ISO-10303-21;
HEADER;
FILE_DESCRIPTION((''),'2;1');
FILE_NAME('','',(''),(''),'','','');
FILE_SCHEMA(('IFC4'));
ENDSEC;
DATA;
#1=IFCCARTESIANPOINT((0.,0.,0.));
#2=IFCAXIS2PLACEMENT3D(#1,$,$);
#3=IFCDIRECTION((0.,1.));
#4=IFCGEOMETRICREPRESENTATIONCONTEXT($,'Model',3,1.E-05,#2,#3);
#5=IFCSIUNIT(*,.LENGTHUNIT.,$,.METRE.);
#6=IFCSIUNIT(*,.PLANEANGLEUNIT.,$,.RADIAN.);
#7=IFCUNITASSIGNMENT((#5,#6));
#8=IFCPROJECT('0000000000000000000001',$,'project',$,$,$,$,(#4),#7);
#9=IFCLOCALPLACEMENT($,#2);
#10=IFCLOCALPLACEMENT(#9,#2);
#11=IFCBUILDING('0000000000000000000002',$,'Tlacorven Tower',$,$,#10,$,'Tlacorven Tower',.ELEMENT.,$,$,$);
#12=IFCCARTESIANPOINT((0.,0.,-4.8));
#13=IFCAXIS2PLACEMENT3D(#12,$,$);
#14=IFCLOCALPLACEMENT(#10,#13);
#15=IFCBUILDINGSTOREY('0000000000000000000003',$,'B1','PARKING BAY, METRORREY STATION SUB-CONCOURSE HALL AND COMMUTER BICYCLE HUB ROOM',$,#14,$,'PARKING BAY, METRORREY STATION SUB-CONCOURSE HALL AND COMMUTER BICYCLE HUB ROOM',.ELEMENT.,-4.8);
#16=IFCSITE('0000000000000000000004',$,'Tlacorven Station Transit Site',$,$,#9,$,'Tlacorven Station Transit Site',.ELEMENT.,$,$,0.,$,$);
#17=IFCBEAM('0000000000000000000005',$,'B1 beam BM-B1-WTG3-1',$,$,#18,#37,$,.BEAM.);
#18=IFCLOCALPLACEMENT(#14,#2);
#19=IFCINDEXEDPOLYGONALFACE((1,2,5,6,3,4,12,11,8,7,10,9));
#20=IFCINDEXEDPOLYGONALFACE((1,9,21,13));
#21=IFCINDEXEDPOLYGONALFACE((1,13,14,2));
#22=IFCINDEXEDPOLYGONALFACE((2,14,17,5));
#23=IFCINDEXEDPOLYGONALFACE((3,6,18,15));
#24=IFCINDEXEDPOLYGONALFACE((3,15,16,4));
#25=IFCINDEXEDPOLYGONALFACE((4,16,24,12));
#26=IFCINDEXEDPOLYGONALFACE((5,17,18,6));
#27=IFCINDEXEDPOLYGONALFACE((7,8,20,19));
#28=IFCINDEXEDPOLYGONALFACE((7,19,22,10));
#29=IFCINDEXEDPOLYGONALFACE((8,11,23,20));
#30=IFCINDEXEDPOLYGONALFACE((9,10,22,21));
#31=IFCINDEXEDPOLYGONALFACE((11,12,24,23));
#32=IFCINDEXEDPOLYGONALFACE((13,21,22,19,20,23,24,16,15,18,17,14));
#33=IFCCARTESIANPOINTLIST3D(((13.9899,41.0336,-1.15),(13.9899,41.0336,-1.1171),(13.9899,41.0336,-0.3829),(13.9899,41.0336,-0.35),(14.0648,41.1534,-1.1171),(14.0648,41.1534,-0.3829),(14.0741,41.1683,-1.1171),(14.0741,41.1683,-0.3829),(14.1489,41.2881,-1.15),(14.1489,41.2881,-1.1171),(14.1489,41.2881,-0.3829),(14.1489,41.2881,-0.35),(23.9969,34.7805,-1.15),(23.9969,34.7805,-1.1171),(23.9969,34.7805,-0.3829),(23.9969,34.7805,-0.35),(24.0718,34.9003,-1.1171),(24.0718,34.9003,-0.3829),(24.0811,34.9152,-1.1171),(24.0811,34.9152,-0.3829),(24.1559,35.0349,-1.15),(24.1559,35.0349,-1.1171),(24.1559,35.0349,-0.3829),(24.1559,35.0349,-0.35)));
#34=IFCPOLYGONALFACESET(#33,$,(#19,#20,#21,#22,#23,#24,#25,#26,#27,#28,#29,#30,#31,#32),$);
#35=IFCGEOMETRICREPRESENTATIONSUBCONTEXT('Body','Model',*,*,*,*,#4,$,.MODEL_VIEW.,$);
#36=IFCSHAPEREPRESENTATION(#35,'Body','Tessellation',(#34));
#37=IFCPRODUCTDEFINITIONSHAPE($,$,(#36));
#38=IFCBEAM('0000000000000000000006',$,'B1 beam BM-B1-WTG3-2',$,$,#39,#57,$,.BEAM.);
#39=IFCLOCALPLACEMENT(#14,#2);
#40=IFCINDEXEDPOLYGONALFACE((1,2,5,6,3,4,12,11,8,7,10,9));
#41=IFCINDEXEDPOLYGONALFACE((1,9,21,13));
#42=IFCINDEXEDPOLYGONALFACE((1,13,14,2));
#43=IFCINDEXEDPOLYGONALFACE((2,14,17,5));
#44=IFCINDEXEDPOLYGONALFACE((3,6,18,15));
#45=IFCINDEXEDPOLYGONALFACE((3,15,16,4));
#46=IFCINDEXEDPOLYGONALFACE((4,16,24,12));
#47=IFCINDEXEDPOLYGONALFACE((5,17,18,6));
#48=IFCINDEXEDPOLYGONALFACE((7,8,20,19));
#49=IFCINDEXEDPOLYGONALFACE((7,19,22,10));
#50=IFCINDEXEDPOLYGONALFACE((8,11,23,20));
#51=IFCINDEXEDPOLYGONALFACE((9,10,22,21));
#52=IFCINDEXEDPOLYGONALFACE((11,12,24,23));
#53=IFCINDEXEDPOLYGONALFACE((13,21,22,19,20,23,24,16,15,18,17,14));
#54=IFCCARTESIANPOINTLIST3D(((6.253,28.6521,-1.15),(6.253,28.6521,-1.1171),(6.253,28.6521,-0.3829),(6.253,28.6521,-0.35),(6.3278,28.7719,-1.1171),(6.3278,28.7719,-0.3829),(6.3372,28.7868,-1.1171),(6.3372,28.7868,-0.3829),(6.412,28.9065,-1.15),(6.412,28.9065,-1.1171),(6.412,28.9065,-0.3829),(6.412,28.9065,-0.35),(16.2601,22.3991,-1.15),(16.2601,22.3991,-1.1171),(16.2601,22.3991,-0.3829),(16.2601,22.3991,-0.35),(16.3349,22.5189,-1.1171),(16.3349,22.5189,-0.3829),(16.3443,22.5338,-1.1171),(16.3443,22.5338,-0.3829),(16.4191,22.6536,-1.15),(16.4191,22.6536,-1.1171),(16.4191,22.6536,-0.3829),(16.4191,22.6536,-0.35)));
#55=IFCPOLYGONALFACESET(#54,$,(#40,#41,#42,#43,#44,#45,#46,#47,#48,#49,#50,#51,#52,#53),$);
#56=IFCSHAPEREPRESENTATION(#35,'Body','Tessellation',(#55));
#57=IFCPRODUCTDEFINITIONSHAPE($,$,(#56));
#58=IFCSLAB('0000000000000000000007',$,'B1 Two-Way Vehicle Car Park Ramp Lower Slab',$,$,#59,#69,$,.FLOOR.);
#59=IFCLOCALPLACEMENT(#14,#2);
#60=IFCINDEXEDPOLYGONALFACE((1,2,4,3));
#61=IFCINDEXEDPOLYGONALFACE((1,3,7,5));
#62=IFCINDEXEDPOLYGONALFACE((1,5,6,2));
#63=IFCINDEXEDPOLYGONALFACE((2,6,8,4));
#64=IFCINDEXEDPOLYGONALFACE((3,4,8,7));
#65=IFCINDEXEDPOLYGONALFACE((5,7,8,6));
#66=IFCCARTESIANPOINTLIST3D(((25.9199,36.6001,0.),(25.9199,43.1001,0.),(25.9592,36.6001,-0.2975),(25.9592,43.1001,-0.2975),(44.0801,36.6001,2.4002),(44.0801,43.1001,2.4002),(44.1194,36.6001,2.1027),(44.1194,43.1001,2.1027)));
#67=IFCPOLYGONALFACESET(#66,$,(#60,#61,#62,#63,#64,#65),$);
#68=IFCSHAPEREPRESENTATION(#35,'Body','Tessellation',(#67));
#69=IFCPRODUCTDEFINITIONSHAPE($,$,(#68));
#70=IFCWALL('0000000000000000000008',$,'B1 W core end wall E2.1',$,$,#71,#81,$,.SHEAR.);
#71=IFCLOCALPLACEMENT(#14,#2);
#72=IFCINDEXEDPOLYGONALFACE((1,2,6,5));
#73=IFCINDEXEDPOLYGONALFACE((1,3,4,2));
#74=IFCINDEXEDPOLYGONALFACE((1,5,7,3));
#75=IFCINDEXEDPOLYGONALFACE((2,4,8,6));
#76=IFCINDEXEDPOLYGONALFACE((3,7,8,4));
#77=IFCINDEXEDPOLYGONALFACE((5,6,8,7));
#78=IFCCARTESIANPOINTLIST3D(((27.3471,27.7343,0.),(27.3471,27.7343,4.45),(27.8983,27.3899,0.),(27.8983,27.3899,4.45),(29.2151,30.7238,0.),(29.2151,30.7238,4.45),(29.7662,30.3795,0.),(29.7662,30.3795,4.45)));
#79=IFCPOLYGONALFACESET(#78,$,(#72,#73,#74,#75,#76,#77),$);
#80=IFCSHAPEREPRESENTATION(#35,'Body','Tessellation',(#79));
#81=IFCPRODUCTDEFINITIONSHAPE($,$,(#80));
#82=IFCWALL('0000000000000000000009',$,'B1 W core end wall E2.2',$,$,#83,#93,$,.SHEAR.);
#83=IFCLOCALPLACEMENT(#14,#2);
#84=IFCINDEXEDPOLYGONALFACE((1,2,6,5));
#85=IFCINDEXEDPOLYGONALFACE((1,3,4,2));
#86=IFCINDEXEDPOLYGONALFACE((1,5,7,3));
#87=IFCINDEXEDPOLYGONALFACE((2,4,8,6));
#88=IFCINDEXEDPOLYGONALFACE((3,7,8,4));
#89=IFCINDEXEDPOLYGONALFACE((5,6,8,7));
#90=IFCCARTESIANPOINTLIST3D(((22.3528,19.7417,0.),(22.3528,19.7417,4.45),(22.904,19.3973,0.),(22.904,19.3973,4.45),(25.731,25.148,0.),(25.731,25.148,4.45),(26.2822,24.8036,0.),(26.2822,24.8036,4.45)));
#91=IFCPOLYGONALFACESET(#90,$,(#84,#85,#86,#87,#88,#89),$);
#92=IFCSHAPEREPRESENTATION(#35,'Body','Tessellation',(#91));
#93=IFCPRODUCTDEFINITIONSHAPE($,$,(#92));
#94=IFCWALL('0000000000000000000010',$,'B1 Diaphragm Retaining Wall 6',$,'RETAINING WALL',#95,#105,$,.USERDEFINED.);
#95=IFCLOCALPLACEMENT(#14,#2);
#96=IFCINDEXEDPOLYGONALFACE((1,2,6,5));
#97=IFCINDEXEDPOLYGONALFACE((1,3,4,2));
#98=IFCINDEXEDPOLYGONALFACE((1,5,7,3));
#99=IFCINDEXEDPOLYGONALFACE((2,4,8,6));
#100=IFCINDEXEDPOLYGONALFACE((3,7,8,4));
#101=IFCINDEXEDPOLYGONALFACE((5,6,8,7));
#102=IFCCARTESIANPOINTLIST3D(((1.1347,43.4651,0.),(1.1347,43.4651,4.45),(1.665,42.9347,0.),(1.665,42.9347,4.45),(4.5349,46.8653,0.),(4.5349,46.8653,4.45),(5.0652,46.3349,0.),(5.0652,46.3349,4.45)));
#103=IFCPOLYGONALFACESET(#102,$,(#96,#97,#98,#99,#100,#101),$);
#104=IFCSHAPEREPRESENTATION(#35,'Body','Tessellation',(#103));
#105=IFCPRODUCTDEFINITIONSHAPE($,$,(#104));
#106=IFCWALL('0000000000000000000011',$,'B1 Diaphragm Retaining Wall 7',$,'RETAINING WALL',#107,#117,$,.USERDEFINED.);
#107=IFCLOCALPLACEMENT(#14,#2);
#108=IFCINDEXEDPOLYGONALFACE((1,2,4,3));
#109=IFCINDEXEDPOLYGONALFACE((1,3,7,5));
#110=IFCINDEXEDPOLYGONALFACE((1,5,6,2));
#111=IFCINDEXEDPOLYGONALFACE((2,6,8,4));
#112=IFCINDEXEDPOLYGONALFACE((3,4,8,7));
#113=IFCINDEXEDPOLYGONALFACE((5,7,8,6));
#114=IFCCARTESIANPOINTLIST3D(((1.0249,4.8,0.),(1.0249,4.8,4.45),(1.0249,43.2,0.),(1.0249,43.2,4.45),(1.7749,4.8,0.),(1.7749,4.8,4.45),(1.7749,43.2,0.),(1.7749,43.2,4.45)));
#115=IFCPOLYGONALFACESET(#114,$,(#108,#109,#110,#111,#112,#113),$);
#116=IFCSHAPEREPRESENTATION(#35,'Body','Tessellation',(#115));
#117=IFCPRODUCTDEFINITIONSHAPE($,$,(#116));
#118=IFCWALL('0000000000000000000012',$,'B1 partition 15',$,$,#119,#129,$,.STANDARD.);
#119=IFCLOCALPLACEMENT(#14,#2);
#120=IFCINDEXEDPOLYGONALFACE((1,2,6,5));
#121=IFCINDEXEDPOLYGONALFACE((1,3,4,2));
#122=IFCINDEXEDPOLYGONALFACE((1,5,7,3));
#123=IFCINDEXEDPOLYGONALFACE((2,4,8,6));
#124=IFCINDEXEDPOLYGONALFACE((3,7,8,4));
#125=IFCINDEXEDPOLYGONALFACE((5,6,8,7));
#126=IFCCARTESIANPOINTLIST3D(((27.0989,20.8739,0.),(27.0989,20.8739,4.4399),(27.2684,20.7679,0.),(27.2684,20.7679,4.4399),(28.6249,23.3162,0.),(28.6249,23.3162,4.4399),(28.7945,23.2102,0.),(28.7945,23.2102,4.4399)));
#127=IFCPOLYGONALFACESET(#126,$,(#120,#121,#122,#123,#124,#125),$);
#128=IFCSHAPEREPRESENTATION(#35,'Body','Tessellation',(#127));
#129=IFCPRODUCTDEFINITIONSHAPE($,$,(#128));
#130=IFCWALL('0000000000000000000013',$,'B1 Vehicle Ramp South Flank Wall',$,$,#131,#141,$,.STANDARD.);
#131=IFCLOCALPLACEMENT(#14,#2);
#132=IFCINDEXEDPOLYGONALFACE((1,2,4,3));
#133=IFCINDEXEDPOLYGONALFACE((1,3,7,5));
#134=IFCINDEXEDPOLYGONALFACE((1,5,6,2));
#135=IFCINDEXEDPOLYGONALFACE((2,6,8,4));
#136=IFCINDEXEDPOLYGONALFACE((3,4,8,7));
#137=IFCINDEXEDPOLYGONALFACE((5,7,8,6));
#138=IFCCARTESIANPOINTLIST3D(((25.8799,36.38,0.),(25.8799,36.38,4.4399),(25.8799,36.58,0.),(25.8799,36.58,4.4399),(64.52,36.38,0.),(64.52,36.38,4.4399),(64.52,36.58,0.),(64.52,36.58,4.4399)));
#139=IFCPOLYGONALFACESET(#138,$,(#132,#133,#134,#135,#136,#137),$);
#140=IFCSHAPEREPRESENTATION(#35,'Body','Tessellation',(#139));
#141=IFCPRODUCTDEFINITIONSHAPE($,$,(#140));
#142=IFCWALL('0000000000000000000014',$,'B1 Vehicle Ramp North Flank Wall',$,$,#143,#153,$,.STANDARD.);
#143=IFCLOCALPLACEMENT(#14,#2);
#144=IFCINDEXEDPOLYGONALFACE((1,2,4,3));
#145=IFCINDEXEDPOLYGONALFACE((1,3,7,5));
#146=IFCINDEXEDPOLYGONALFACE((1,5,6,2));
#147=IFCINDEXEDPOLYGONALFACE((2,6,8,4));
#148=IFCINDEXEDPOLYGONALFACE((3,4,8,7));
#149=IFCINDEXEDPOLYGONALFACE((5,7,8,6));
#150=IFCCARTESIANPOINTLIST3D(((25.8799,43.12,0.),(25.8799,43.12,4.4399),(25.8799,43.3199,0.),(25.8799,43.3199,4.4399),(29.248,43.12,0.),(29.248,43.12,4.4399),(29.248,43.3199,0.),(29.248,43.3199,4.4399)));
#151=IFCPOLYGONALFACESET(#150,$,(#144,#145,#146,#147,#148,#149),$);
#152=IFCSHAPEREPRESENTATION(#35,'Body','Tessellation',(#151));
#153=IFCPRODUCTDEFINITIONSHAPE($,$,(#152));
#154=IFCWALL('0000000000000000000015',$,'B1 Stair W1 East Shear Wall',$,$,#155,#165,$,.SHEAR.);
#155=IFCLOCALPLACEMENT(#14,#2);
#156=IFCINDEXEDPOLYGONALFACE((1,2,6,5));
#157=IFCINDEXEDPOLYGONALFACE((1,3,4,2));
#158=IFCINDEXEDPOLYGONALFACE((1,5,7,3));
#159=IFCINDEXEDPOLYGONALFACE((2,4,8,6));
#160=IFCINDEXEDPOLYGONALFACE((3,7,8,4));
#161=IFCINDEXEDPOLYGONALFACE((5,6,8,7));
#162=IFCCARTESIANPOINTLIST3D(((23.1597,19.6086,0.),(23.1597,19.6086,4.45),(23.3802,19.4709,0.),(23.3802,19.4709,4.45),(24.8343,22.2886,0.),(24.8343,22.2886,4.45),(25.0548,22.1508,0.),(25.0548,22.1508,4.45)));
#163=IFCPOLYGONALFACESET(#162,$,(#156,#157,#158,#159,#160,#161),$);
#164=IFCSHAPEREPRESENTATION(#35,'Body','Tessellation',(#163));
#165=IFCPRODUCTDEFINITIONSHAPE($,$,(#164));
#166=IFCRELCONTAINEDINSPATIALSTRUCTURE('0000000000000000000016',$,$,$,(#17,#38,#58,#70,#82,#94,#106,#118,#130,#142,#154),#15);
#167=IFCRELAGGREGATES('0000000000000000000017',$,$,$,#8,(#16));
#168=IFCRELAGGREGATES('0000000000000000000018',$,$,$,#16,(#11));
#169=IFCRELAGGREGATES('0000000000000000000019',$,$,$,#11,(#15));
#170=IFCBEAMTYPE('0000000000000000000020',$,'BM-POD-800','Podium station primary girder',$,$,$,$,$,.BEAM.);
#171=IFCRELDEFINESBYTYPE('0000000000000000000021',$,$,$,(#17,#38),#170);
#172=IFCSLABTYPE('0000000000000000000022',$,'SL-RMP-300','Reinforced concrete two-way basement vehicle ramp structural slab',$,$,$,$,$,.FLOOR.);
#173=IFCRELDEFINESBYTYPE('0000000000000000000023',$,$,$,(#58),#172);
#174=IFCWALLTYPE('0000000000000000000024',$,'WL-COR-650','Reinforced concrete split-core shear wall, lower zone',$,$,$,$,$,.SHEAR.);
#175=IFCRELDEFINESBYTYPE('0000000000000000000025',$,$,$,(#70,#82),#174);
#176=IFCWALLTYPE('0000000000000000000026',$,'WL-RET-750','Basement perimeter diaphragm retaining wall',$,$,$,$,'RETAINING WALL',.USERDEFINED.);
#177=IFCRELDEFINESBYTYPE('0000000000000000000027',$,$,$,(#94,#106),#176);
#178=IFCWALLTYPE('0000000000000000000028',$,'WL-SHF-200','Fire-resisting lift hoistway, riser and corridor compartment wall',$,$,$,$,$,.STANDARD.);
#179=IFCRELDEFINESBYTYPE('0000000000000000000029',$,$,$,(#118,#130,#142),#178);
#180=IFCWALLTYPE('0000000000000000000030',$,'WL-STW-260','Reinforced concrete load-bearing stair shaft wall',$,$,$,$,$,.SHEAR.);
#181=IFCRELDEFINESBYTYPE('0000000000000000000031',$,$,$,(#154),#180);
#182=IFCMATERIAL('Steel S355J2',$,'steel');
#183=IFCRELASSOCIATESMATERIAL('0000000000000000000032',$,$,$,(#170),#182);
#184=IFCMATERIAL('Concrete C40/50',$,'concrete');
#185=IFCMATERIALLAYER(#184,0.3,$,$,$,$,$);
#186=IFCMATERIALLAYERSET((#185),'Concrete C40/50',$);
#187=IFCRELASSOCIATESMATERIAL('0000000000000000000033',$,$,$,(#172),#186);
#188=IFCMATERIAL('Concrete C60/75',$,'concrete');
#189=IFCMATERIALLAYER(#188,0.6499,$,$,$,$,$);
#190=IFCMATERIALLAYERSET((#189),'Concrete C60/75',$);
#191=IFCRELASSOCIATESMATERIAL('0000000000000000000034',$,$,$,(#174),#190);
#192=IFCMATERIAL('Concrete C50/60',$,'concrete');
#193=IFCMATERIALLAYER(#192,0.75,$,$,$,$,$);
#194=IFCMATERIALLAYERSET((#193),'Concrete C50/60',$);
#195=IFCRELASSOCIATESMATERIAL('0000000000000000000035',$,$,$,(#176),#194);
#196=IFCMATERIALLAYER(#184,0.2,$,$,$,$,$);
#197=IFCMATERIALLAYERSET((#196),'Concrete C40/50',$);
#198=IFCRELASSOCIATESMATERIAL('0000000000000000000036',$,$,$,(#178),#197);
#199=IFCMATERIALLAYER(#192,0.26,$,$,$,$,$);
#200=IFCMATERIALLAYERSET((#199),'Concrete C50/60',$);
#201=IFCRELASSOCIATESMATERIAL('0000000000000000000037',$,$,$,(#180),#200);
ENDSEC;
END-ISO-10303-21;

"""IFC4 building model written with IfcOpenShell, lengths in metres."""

from ifc_helpers import new_model, si_unit, direction, frame, frame_2d, origin, origin_2d, place, context, subcontext, project, spatial, polyline, rectangle, i_section, outline, extrude, source, transform, mapped, material, layer, layer_set, material_profile, profile_set, type_object, element, save


model = new_model("IFC4")

# Units and contexts
model_context = context("Model", 3, precision=1e-05, world=origin(), true_north=direction((0.0, 1.0)))
body_context = subcontext(model_context, "Body", "Model", "MODEL_VIEW")
ifc_project = project(units=[si_unit("LENGTHUNIT", "METRE"), si_unit("PLANEANGLEUNIT", "RADIAN")], contexts=[model_context])

# Site, building, storey
site_placement = place(None, origin())
site = spatial("IfcSite", under=ifc_project, at=site_placement, Name="Tlacorven Station Transit Site", LongName="Tlacorven Station Transit Site", CompositionType="ELEMENT", RefElevation=0.0)
building_placement = place(site_placement, origin())
building = spatial("IfcBuilding", under=site, at=building_placement, Name="Tlacorven Tower", LongName="Tlacorven Tower", CompositionType="ELEMENT")
storey_placement = place(building_placement, frame((0.0, 0.0, -4.8)))
storey = spatial("IfcBuildingStorey", under=building, at=storey_placement, Name="B1", Description="PARKING BAY, METRORREY STATION SUB-CONCOURSE HALL AND COMMUTER BICYCLE HUB ROOM", LongName="PARKING BAY, METRORREY STATION SUB-CONCOURSE HALL AND COMMUTER BICYCLE HUB ROOM", CompositionType="ELEMENT", Elevation=-4.8)

# Beams
ifc_material_1 = material(Name="Concrete C60/75", Category="concrete")
ifc_material_2 = material(Name="Steel S355J2", Category="steel")
ifc_material_profile_1 = material_profile(ifc_material_2, i_section(OverallWidth=0.3, OverallDepth=0.8, WebThickness=0.0176, FlangeThickness=0.033, at=origin_2d()), Name="HEB 800")
ifc_profile_set_1 = profile_set([ifc_material_profile_1], Name="Steel S355J2")
beam_type_1 = type_object("IfcBeamType", Name="BM-POD-800", Description="Podium station primary girder", PredefinedType="BEAM", material=ifc_profile_set_1)
shared_shape_1 = source(origin(), body_context, "Body", "SweptSolid", [
    extrude(i_section(OverallWidth=0.3, OverallDepth=0.8, WebThickness=0.0176, FlangeThickness=0.033, at=origin_2d()), origin(), (0.0, 0.0, 1.0), 11.8),
])
for number, where, z_axis, x_axis, name in (
    (1, (24.0764, 34.9077, -0.75), (-0.848046, 0.529923, 0.0), (-0.529923, -0.848046, 0.0), "B1 beam BM-B1-WTG3-1"),
    (2, (16.3396, 22.5264, -0.75), (-0.848055, 0.529908, 0.0), (-0.529908, -0.848055, 0.0), "B1 beam BM-B1-WTG3-2"),
):
    element("IfcBeam", number, at=place(storey_placement, frame(where, z_axis=z_axis, x_axis=x_axis)), inside=storey, type_object=beam_type_1, Name=name, PredefinedType="BEAM", context=body_context, shape_type="MappedRepresentation", body=[
        mapped(shared_shape_1, transform((0.0, 0.0, 0.0), scale=1.0)),
    ])

# Slab
ifc_material_3 = material(Name="Concrete C40/50", Category="concrete")
ifc_layer_1 = layer(ifc_material_3, 0.3)
ifc_layer_set_1 = layer_set([ifc_layer_1], Name="Concrete C40/50")
slab_type = type_object("IfcSlabType", Name="SL-RMP-300", Description="Reinforced concrete two-way basement vehicle ramp structural slab", PredefinedType="FLOOR", material=ifc_layer_set_1)
slab_placement = place(storey_placement, frame((25.9199, 36.6001, 0.0), z_axis=(-0.131026, 0.0, 0.991379), x_axis=(0.991379, 0.0, 0.131026)))
element("IfcSlab", 3, at=slab_placement, inside=storey, type_object=slab_type, Name="B1 Two-Way Vehicle Car Park Ramp Lower Slab", PredefinedType="FLOOR", context=body_context, shape_type="SweptSolid", body=[
    extrude(outline(polyline([(0.0, 0.0), (18.3181, 0.0), (18.3181, 6.5), (0.0, 6.5), (0.0, 0.0)])), origin(), (0.0, 0.0, -1.0), 0.3),
])

# Walls
ifc_layer_2 = layer(ifc_material_1, 0.6499)
ifc_layer_set_2 = layer_set([ifc_layer_2], Name="Concrete C60/75")
wall_type_1 = type_object("IfcWallType", Name="WL-COR-650", Description="Reinforced concrete split-core shear wall, lower zone", PredefinedType="SHEAR", material=ifc_layer_set_2)
wall_1_placement = place(storey_placement, frame((29.4907, 30.5518, 0.0), z_axis=(0.0, 0.0, 1.0), x_axis=(-0.529893, -0.848064, 0.0)))
element("IfcWall", 4, at=wall_1_placement, inside=storey, type_object=wall_type_1, Name="B1 W core end wall E2.1", PredefinedType="SHEAR", context=body_context, shape_type="SweptSolid", body=[
    extrude(rectangle(XDim=3.5251, YDim=0.6499, at=frame_2d((1.7627, 0.0))), origin(), (0.0, 0.0, 1.0), 4.45),
])
wall_2_placement = place(storey_placement, frame((26.0066, 24.9758, 0.0), z_axis=(0.0, 0.0, 1.0), x_axis=(-0.529916, -0.84805, 0.0)))
element("IfcWall", 5, at=wall_2_placement, inside=storey, type_object=wall_type_1, Name="B1 W core end wall E2.2", PredefinedType="SHEAR", context=body_context, shape_type="SweptSolid", body=[
    extrude(rectangle(XDim=6.375, YDim=0.6499, at=frame_2d((3.1875, 0.0))), origin(), (0.0, 0.0, 1.0), 4.45),
])
ifc_material_4 = material(Name="Concrete C50/60", Category="concrete")
ifc_layer_3 = layer(ifc_material_4, 0.75)
ifc_layer_set_3 = layer_set([ifc_layer_3], Name="Concrete C50/60")
wall_type_2 = type_object("IfcWallType", Name="WL-RET-750", Description="Basement perimeter diaphragm retaining wall", ElementType="RETAINING WALL", PredefinedType="USERDEFINED", material=ifc_layer_set_3)
wall_3_placement = place(storey_placement, frame((4.8, 46.6001, 0.0), z_axis=(0.0, 0.0, 1.0), x_axis=(-0.707107, -0.707107, 0.0)))
element("IfcWall", 6, at=wall_3_placement, inside=storey, type_object=wall_type_2, Name="B1 Diaphragm Retaining Wall 6", ObjectType="RETAINING WALL", PredefinedType="USERDEFINED", context=body_context, shape_type="SweptSolid", body=[
    extrude(rectangle(XDim=4.8086, YDim=0.75, at=frame_2d((2.4043, 0.0))), origin(), (0.0, 0.0, 1.0), 4.45),
])
wall_4_placement = place(storey_placement, frame((1.3999, 43.2, 0.0), z_axis=(0.0, 0.0, 1.0), x_axis=(0.0, -1.0, 0.0)))
element("IfcWall", 7, at=wall_4_placement, inside=storey, type_object=wall_type_2, Name="B1 Diaphragm Retaining Wall 7", ObjectType="RETAINING WALL", PredefinedType="USERDEFINED", context=body_context, shape_type="SweptSolid", body=[
    extrude(rectangle(XDim=38.3999, YDim=0.75, at=frame_2d((19.2, 0.0))), origin(), (0.0, 0.0, 1.0), 4.45),
])
ifc_layer_4 = layer(ifc_material_3, 0.2)
ifc_layer_set_4 = layer_set([ifc_layer_4], Name="Concrete C40/50")
wall_type_3 = type_object("IfcWallType", Name="WL-SHF-200", Description="Fire-resisting lift hoistway, riser and corridor compartment wall", PredefinedType="STANDARD", material=ifc_layer_set_4)
wall_5_placement = place(storey_placement, frame((28.7097, 23.2632, 0.0), z_axis=(0.0, 0.0, 1.0), x_axis=(-0.529907, -0.848055, 0.0)))
element("IfcWall", 8, at=wall_5_placement, inside=storey, type_object=wall_type_3, Name="B1 partition 15", PredefinedType="STANDARD", context=body_context, shape_type="SweptSolid", body=[
    extrude(rectangle(XDim=2.8799, YDim=0.2, at=frame_2d((1.4399, 0.0))), origin(), (0.0, 0.0, 1.0), 4.4399),
])
wall_6_placement = place(storey_placement, frame((25.8799, 36.48, 0.0), z_axis=(0.0, 0.0, 1.0), x_axis=(1.0, 0.0, 0.0)))
element("IfcWall", 9, at=wall_6_placement, inside=storey, type_object=wall_type_3, Name="B1 Vehicle Ramp South Flank Wall", PredefinedType="STANDARD", context=body_context, shape_type="SweptSolid", body=[
    extrude(rectangle(XDim=38.6401, YDim=0.2, at=frame_2d((19.3201, 0.0))), origin(), (0.0, 0.0, 1.0), 4.4399),
])
wall_7_placement = place(storey_placement, frame((25.8799, 43.22, 0.0), z_axis=(0.0, 0.0, 1.0), x_axis=(1.0, 0.0, 0.0)))
element("IfcWall", 10, at=wall_7_placement, inside=storey, type_object=wall_type_3, Name="B1 Vehicle Ramp North Flank Wall", PredefinedType="STANDARD", context=body_context, shape_type="SweptSolid", body=[
    extrude(rectangle(XDim=3.3682, YDim=0.2, at=frame_2d((1.6841, 0.0))), origin(), (0.0, 0.0, 1.0), 4.4399),
])
ifc_layer_5 = layer(ifc_material_4, 0.26)
ifc_layer_set_5 = layer_set([ifc_layer_5], Name="Concrete C50/60")
wall_type_4 = type_object("IfcWallType", Name="WL-STW-260", Description="Reinforced concrete load-bearing stair shaft wall", PredefinedType="SHEAR", material=ifc_layer_set_5)
wall_8_placement = place(storey_placement, frame((24.9446, 22.2197, 0.0), z_axis=(0.0, 0.0, 1.0), x_axis=(-0.529909, -0.848055, 0.0)))
element("IfcWall", 11, at=wall_8_placement, inside=storey, type_object=wall_type_4, Name="B1 Stair W1 East Shear Wall", PredefinedType="SHEAR", context=body_context, shape_type="SweptSolid", body=[
    extrude(rectangle(XDim=3.1602, YDim=0.26, at=frame_2d((1.5801, 0.0))), origin(), (0.0, 0.0, 1.0), 4.45),
])

save(model, "model.ifc")
